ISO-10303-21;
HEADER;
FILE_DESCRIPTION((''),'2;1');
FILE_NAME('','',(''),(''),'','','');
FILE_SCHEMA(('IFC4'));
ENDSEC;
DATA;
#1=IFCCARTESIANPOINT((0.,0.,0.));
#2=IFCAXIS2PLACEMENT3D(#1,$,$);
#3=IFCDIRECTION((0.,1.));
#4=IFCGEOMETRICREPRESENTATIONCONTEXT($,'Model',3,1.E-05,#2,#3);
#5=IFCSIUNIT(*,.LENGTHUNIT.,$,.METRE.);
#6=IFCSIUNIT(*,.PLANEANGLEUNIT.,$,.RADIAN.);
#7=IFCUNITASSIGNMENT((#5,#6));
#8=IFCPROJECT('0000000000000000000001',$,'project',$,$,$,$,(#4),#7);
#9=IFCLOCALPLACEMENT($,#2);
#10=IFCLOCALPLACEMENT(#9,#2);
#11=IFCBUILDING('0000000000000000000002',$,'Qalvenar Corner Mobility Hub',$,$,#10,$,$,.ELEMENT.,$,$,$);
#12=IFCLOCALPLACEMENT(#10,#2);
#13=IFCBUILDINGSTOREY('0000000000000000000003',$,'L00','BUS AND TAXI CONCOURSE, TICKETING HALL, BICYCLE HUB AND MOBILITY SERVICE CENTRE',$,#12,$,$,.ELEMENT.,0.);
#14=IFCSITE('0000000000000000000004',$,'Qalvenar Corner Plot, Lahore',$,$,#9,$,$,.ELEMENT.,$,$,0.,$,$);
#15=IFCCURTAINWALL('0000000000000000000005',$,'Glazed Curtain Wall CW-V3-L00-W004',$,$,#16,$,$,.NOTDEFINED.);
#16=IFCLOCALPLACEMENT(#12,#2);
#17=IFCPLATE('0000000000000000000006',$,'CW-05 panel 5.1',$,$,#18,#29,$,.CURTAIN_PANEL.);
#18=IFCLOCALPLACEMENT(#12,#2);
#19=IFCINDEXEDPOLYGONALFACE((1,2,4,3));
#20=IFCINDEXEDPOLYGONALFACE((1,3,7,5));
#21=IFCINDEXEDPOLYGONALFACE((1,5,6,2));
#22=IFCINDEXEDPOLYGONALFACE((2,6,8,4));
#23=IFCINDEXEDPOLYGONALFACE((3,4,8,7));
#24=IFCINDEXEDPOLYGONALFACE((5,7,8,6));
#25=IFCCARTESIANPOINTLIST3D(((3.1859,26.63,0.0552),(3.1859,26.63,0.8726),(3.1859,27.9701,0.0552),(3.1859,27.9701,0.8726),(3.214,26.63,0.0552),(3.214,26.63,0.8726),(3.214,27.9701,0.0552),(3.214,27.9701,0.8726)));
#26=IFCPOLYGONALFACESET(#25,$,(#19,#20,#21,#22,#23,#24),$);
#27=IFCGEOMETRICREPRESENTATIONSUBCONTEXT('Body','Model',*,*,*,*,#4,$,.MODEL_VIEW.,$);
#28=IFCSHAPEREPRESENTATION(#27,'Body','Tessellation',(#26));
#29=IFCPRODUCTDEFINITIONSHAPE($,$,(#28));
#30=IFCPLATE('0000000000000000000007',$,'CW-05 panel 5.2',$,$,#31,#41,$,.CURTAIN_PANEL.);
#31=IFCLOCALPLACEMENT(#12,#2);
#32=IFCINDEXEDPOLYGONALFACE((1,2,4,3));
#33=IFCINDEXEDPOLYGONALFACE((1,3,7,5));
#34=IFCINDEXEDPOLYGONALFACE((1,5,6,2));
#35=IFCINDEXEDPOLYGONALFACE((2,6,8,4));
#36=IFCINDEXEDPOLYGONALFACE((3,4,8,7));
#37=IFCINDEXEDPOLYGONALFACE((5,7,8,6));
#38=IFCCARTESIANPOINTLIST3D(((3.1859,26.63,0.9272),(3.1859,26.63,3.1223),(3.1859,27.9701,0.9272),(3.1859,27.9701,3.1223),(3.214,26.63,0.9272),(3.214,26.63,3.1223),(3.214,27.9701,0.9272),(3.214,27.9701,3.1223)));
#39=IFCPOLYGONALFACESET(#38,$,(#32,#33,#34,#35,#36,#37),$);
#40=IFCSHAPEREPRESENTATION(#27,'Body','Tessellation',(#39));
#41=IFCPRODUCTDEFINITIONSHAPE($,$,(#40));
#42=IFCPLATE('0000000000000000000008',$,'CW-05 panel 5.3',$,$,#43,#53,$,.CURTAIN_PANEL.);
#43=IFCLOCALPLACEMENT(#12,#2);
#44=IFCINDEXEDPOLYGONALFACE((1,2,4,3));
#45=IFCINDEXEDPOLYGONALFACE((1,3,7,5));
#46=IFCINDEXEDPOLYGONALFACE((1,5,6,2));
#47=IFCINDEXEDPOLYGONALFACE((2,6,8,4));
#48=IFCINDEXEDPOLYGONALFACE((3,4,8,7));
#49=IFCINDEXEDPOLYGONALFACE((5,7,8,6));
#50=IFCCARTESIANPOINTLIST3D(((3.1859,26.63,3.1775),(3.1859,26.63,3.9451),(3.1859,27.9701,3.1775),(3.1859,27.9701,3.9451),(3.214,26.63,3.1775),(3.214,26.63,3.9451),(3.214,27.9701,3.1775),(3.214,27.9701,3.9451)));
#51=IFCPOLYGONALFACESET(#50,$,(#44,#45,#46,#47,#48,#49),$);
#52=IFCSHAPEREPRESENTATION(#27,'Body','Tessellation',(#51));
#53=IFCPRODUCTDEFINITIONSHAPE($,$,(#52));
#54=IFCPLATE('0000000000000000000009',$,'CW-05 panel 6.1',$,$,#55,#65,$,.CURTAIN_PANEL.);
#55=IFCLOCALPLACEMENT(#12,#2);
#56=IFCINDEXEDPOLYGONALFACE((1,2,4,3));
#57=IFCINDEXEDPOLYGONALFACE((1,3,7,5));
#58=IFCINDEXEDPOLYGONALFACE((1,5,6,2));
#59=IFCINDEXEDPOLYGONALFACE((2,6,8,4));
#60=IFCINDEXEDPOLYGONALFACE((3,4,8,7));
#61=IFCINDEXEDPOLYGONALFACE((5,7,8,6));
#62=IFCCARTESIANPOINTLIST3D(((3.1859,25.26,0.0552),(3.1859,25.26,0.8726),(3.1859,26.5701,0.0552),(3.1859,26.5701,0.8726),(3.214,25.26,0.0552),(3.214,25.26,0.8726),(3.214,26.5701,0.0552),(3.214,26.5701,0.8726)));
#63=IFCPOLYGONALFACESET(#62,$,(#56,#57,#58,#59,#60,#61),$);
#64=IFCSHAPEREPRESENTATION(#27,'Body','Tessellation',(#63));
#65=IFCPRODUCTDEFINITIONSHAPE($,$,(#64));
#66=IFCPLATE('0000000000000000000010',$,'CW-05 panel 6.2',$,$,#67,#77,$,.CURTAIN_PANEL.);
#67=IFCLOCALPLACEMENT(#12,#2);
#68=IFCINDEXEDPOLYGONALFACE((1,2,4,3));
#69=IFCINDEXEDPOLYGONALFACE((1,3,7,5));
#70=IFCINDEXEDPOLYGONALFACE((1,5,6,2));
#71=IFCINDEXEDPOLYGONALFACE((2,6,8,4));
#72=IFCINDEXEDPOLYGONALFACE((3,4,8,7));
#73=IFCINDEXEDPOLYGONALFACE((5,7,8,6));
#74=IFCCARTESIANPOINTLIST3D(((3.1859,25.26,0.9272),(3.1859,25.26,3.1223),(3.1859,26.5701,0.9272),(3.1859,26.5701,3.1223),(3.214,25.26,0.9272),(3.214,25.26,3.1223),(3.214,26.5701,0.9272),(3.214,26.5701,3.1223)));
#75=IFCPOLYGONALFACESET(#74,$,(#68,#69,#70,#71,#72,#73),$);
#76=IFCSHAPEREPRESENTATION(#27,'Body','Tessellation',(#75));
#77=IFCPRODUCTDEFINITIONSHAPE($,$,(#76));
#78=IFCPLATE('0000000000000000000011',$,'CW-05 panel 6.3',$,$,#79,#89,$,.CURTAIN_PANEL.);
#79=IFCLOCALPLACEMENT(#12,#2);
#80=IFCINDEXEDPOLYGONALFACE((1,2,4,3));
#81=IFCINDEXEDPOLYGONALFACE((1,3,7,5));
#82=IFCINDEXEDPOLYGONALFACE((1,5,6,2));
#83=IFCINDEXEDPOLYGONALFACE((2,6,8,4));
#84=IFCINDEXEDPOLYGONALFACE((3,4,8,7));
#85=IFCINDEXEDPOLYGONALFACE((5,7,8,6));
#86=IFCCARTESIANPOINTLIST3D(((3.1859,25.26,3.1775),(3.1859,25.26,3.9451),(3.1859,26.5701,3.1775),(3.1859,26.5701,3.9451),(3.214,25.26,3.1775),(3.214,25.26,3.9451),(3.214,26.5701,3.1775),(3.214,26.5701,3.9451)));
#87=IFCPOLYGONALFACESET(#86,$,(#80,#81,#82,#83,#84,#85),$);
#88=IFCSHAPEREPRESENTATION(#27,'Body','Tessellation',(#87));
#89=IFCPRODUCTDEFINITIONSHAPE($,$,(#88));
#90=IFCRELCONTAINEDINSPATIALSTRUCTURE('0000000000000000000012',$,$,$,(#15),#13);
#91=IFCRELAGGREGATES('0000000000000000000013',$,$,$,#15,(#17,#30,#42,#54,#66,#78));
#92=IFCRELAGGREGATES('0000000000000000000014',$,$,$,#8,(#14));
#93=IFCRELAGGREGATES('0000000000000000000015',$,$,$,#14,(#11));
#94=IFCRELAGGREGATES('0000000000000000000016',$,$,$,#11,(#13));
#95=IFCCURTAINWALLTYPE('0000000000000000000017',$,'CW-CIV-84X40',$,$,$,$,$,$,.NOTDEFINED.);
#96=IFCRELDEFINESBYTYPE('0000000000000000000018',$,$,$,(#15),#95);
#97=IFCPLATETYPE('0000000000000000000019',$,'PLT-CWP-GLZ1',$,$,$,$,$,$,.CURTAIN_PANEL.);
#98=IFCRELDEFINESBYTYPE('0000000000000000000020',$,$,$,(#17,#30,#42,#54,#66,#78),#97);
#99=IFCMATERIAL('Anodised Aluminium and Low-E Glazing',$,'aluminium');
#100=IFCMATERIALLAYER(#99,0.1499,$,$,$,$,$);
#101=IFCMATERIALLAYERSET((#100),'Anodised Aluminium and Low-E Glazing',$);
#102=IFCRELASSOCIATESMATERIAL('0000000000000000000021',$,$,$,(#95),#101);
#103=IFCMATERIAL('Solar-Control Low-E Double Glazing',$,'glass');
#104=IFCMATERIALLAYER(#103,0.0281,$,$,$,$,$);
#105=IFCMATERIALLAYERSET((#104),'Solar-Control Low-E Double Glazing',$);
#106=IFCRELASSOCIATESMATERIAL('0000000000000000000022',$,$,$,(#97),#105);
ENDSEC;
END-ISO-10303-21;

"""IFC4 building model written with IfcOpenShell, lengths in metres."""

from ifc_helpers import new_model, si_unit, direction, frame, origin, origin_2d, place, context, subcontext, project, spatial, rectangle, extrude, material, layer, layer_set, type_object, element, aggregate, save


model = new_model("IFC4")

# Units and contexts
model_context = context("Model", 3, precision=1e-05, world=origin(), true_north=direction((0.0, 1.0)))
body_context = subcontext(model_context, "Body", "Model", "MODEL_VIEW")
ifc_project = project(units=[si_unit("LENGTHUNIT", "METRE"), si_unit("PLANEANGLEUNIT", "RADIAN")], contexts=[model_context])

# Site, building, storey
site_placement = place(None, origin())
site = spatial("IfcSite", under=ifc_project, at=site_placement, Name="Qalvenar Corner Plot, Lahore", CompositionType="ELEMENT", RefElevation=0.0)
building_placement = place(site_placement, origin())
building = spatial("IfcBuilding", under=site, at=building_placement, Name="Qalvenar Corner Mobility Hub", CompositionType="ELEMENT")
storey_placement = place(building_placement, origin())
storey = spatial("IfcBuildingStorey", under=building, at=storey_placement, Name="L00", Description="BUS AND TAXI CONCOURSE, TICKETING HALL, BICYCLE HUB AND MOBILITY SERVICE CENTRE", CompositionType="ELEMENT", Elevation=0.0)

# Curtain wall, plates
ifc_material_1 = material(Name="Anodised Aluminium and Low-E Glazing", Category="aluminium")
ifc_layer_1 = layer(ifc_material_1, 0.1499)
ifc_layer_set_1 = layer_set([ifc_layer_1], Name="Anodised Aluminium and Low-E Glazing")
curtain_wall_type = type_object("IfcCurtainWallType", Name="CW-CIV-84X40", PredefinedType="NOTDEFINED", material=ifc_layer_set_1)
curtain_wall_placement = place(storey_placement, origin())
curtain_wall = element("IfcCurtainWall", 1, at=curtain_wall_placement, inside=storey, type_object=curtain_wall_type, Name="Glazed Curtain Wall CW-V3-L00-W004", PredefinedType="NOTDEFINED")
ifc_material_2 = material(Name="Solar-Control Low-E Double Glazing", Category="glass")
ifc_layer_2 = layer(ifc_material_2, 0.0281)
ifc_layer_set_2 = layer_set([ifc_layer_2], Name="Solar-Control Low-E Double Glazing")
plate_type = type_object("IfcPlateType", Name="PLT-CWP-GLZ1", PredefinedType="CURTAIN_PANEL", material=ifc_layer_set_2)
plate_1_placement = place(storey_placement, frame((3.2, 27.3, 0.0552), z_axis=(0.0, 0.0, 1.0), x_axis=(0.0, -1.0, 0.0)))
plate_1 = element("IfcPlate", 2, at=plate_1_placement, type_object=plate_type, Name="CW-05 panel 5.1", PredefinedType="CURTAIN_PANEL", context=body_context, shape_type="SweptSolid", body=[
    extrude(rectangle(XDim=1.3401, YDim=0.0281, at=origin_2d()), origin(), (0.0, 0.0, 1.0), 0.8174),
])
plate_2_placement = place(storey_placement, frame((3.2, 27.3, 0.9272), z_axis=(0.0, 0.0, 1.0), x_axis=(0.0, -1.0, 0.0)))
plate_2 = element("IfcPlate", 3, at=plate_2_placement, type_object=plate_type, Name="CW-05 panel 5.2", PredefinedType="CURTAIN_PANEL", context=body_context, shape_type="SweptSolid", body=[
    extrude(rectangle(XDim=1.3401, YDim=0.0281, at=origin_2d()), origin(), (0.0, 0.0, 1.0), 2.1951),
])
plate_3_placement = place(storey_placement, frame((3.2, 27.3, 3.1775), z_axis=(0.0, 0.0, 1.0), x_axis=(0.0, -1.0, 0.0)))
plate_3 = element("IfcPlate", 4, at=plate_3_placement, type_object=plate_type, Name="CW-05 panel 5.3", PredefinedType="CURTAIN_PANEL", context=body_context, shape_type="SweptSolid", body=[
    extrude(rectangle(XDim=1.3401, YDim=0.0281, at=origin_2d()), origin(), (0.0, 0.0, 1.0), 0.7676),
])
plate_4_placement = place(storey_placement, frame((3.2, 25.915, 0.0552), z_axis=(0.0, 0.0, 1.0), x_axis=(0.0, -1.0, 0.0)))
plate_4 = element("IfcPlate", 5, at=plate_4_placement, type_object=plate_type, Name="CW-05 panel 6.1", PredefinedType="CURTAIN_PANEL", context=body_context, shape_type="SweptSolid", body=[
    extrude(rectangle(XDim=1.3101, YDim=0.0281, at=origin_2d()), origin(), (0.0, 0.0, 1.0), 0.8174),
])
plate_5_placement = place(storey_placement, frame((3.2, 25.915, 0.9272), z_axis=(0.0, 0.0, 1.0), x_axis=(0.0, -1.0, 0.0)))
plate_5 = element("IfcPlate", 6, at=plate_5_placement, type_object=plate_type, Name="CW-05 panel 6.2", PredefinedType="CURTAIN_PANEL", context=body_context, shape_type="SweptSolid", body=[
    extrude(rectangle(XDim=1.3101, YDim=0.0281, at=origin_2d()), origin(), (0.0, 0.0, 1.0), 2.1951),
])
plate_6_placement = place(storey_placement, frame((3.2, 25.915, 3.1775), z_axis=(0.0, 0.0, 1.0), x_axis=(0.0, -1.0, 0.0)))
plate_6 = element("IfcPlate", 7, at=plate_6_placement, type_object=plate_type, Name="CW-05 panel 6.3", PredefinedType="CURTAIN_PANEL", context=body_context, shape_type="SweptSolid", body=[
    extrude(rectangle(XDim=1.3101, YDim=0.0281, at=origin_2d()), origin(), (0.0, 0.0, 1.0), 0.7676),
])
aggregate(curtain_wall, [plate_1, plate_2, plate_3, plate_4, plate_5, plate_6])

save(model, "model.ifc")
